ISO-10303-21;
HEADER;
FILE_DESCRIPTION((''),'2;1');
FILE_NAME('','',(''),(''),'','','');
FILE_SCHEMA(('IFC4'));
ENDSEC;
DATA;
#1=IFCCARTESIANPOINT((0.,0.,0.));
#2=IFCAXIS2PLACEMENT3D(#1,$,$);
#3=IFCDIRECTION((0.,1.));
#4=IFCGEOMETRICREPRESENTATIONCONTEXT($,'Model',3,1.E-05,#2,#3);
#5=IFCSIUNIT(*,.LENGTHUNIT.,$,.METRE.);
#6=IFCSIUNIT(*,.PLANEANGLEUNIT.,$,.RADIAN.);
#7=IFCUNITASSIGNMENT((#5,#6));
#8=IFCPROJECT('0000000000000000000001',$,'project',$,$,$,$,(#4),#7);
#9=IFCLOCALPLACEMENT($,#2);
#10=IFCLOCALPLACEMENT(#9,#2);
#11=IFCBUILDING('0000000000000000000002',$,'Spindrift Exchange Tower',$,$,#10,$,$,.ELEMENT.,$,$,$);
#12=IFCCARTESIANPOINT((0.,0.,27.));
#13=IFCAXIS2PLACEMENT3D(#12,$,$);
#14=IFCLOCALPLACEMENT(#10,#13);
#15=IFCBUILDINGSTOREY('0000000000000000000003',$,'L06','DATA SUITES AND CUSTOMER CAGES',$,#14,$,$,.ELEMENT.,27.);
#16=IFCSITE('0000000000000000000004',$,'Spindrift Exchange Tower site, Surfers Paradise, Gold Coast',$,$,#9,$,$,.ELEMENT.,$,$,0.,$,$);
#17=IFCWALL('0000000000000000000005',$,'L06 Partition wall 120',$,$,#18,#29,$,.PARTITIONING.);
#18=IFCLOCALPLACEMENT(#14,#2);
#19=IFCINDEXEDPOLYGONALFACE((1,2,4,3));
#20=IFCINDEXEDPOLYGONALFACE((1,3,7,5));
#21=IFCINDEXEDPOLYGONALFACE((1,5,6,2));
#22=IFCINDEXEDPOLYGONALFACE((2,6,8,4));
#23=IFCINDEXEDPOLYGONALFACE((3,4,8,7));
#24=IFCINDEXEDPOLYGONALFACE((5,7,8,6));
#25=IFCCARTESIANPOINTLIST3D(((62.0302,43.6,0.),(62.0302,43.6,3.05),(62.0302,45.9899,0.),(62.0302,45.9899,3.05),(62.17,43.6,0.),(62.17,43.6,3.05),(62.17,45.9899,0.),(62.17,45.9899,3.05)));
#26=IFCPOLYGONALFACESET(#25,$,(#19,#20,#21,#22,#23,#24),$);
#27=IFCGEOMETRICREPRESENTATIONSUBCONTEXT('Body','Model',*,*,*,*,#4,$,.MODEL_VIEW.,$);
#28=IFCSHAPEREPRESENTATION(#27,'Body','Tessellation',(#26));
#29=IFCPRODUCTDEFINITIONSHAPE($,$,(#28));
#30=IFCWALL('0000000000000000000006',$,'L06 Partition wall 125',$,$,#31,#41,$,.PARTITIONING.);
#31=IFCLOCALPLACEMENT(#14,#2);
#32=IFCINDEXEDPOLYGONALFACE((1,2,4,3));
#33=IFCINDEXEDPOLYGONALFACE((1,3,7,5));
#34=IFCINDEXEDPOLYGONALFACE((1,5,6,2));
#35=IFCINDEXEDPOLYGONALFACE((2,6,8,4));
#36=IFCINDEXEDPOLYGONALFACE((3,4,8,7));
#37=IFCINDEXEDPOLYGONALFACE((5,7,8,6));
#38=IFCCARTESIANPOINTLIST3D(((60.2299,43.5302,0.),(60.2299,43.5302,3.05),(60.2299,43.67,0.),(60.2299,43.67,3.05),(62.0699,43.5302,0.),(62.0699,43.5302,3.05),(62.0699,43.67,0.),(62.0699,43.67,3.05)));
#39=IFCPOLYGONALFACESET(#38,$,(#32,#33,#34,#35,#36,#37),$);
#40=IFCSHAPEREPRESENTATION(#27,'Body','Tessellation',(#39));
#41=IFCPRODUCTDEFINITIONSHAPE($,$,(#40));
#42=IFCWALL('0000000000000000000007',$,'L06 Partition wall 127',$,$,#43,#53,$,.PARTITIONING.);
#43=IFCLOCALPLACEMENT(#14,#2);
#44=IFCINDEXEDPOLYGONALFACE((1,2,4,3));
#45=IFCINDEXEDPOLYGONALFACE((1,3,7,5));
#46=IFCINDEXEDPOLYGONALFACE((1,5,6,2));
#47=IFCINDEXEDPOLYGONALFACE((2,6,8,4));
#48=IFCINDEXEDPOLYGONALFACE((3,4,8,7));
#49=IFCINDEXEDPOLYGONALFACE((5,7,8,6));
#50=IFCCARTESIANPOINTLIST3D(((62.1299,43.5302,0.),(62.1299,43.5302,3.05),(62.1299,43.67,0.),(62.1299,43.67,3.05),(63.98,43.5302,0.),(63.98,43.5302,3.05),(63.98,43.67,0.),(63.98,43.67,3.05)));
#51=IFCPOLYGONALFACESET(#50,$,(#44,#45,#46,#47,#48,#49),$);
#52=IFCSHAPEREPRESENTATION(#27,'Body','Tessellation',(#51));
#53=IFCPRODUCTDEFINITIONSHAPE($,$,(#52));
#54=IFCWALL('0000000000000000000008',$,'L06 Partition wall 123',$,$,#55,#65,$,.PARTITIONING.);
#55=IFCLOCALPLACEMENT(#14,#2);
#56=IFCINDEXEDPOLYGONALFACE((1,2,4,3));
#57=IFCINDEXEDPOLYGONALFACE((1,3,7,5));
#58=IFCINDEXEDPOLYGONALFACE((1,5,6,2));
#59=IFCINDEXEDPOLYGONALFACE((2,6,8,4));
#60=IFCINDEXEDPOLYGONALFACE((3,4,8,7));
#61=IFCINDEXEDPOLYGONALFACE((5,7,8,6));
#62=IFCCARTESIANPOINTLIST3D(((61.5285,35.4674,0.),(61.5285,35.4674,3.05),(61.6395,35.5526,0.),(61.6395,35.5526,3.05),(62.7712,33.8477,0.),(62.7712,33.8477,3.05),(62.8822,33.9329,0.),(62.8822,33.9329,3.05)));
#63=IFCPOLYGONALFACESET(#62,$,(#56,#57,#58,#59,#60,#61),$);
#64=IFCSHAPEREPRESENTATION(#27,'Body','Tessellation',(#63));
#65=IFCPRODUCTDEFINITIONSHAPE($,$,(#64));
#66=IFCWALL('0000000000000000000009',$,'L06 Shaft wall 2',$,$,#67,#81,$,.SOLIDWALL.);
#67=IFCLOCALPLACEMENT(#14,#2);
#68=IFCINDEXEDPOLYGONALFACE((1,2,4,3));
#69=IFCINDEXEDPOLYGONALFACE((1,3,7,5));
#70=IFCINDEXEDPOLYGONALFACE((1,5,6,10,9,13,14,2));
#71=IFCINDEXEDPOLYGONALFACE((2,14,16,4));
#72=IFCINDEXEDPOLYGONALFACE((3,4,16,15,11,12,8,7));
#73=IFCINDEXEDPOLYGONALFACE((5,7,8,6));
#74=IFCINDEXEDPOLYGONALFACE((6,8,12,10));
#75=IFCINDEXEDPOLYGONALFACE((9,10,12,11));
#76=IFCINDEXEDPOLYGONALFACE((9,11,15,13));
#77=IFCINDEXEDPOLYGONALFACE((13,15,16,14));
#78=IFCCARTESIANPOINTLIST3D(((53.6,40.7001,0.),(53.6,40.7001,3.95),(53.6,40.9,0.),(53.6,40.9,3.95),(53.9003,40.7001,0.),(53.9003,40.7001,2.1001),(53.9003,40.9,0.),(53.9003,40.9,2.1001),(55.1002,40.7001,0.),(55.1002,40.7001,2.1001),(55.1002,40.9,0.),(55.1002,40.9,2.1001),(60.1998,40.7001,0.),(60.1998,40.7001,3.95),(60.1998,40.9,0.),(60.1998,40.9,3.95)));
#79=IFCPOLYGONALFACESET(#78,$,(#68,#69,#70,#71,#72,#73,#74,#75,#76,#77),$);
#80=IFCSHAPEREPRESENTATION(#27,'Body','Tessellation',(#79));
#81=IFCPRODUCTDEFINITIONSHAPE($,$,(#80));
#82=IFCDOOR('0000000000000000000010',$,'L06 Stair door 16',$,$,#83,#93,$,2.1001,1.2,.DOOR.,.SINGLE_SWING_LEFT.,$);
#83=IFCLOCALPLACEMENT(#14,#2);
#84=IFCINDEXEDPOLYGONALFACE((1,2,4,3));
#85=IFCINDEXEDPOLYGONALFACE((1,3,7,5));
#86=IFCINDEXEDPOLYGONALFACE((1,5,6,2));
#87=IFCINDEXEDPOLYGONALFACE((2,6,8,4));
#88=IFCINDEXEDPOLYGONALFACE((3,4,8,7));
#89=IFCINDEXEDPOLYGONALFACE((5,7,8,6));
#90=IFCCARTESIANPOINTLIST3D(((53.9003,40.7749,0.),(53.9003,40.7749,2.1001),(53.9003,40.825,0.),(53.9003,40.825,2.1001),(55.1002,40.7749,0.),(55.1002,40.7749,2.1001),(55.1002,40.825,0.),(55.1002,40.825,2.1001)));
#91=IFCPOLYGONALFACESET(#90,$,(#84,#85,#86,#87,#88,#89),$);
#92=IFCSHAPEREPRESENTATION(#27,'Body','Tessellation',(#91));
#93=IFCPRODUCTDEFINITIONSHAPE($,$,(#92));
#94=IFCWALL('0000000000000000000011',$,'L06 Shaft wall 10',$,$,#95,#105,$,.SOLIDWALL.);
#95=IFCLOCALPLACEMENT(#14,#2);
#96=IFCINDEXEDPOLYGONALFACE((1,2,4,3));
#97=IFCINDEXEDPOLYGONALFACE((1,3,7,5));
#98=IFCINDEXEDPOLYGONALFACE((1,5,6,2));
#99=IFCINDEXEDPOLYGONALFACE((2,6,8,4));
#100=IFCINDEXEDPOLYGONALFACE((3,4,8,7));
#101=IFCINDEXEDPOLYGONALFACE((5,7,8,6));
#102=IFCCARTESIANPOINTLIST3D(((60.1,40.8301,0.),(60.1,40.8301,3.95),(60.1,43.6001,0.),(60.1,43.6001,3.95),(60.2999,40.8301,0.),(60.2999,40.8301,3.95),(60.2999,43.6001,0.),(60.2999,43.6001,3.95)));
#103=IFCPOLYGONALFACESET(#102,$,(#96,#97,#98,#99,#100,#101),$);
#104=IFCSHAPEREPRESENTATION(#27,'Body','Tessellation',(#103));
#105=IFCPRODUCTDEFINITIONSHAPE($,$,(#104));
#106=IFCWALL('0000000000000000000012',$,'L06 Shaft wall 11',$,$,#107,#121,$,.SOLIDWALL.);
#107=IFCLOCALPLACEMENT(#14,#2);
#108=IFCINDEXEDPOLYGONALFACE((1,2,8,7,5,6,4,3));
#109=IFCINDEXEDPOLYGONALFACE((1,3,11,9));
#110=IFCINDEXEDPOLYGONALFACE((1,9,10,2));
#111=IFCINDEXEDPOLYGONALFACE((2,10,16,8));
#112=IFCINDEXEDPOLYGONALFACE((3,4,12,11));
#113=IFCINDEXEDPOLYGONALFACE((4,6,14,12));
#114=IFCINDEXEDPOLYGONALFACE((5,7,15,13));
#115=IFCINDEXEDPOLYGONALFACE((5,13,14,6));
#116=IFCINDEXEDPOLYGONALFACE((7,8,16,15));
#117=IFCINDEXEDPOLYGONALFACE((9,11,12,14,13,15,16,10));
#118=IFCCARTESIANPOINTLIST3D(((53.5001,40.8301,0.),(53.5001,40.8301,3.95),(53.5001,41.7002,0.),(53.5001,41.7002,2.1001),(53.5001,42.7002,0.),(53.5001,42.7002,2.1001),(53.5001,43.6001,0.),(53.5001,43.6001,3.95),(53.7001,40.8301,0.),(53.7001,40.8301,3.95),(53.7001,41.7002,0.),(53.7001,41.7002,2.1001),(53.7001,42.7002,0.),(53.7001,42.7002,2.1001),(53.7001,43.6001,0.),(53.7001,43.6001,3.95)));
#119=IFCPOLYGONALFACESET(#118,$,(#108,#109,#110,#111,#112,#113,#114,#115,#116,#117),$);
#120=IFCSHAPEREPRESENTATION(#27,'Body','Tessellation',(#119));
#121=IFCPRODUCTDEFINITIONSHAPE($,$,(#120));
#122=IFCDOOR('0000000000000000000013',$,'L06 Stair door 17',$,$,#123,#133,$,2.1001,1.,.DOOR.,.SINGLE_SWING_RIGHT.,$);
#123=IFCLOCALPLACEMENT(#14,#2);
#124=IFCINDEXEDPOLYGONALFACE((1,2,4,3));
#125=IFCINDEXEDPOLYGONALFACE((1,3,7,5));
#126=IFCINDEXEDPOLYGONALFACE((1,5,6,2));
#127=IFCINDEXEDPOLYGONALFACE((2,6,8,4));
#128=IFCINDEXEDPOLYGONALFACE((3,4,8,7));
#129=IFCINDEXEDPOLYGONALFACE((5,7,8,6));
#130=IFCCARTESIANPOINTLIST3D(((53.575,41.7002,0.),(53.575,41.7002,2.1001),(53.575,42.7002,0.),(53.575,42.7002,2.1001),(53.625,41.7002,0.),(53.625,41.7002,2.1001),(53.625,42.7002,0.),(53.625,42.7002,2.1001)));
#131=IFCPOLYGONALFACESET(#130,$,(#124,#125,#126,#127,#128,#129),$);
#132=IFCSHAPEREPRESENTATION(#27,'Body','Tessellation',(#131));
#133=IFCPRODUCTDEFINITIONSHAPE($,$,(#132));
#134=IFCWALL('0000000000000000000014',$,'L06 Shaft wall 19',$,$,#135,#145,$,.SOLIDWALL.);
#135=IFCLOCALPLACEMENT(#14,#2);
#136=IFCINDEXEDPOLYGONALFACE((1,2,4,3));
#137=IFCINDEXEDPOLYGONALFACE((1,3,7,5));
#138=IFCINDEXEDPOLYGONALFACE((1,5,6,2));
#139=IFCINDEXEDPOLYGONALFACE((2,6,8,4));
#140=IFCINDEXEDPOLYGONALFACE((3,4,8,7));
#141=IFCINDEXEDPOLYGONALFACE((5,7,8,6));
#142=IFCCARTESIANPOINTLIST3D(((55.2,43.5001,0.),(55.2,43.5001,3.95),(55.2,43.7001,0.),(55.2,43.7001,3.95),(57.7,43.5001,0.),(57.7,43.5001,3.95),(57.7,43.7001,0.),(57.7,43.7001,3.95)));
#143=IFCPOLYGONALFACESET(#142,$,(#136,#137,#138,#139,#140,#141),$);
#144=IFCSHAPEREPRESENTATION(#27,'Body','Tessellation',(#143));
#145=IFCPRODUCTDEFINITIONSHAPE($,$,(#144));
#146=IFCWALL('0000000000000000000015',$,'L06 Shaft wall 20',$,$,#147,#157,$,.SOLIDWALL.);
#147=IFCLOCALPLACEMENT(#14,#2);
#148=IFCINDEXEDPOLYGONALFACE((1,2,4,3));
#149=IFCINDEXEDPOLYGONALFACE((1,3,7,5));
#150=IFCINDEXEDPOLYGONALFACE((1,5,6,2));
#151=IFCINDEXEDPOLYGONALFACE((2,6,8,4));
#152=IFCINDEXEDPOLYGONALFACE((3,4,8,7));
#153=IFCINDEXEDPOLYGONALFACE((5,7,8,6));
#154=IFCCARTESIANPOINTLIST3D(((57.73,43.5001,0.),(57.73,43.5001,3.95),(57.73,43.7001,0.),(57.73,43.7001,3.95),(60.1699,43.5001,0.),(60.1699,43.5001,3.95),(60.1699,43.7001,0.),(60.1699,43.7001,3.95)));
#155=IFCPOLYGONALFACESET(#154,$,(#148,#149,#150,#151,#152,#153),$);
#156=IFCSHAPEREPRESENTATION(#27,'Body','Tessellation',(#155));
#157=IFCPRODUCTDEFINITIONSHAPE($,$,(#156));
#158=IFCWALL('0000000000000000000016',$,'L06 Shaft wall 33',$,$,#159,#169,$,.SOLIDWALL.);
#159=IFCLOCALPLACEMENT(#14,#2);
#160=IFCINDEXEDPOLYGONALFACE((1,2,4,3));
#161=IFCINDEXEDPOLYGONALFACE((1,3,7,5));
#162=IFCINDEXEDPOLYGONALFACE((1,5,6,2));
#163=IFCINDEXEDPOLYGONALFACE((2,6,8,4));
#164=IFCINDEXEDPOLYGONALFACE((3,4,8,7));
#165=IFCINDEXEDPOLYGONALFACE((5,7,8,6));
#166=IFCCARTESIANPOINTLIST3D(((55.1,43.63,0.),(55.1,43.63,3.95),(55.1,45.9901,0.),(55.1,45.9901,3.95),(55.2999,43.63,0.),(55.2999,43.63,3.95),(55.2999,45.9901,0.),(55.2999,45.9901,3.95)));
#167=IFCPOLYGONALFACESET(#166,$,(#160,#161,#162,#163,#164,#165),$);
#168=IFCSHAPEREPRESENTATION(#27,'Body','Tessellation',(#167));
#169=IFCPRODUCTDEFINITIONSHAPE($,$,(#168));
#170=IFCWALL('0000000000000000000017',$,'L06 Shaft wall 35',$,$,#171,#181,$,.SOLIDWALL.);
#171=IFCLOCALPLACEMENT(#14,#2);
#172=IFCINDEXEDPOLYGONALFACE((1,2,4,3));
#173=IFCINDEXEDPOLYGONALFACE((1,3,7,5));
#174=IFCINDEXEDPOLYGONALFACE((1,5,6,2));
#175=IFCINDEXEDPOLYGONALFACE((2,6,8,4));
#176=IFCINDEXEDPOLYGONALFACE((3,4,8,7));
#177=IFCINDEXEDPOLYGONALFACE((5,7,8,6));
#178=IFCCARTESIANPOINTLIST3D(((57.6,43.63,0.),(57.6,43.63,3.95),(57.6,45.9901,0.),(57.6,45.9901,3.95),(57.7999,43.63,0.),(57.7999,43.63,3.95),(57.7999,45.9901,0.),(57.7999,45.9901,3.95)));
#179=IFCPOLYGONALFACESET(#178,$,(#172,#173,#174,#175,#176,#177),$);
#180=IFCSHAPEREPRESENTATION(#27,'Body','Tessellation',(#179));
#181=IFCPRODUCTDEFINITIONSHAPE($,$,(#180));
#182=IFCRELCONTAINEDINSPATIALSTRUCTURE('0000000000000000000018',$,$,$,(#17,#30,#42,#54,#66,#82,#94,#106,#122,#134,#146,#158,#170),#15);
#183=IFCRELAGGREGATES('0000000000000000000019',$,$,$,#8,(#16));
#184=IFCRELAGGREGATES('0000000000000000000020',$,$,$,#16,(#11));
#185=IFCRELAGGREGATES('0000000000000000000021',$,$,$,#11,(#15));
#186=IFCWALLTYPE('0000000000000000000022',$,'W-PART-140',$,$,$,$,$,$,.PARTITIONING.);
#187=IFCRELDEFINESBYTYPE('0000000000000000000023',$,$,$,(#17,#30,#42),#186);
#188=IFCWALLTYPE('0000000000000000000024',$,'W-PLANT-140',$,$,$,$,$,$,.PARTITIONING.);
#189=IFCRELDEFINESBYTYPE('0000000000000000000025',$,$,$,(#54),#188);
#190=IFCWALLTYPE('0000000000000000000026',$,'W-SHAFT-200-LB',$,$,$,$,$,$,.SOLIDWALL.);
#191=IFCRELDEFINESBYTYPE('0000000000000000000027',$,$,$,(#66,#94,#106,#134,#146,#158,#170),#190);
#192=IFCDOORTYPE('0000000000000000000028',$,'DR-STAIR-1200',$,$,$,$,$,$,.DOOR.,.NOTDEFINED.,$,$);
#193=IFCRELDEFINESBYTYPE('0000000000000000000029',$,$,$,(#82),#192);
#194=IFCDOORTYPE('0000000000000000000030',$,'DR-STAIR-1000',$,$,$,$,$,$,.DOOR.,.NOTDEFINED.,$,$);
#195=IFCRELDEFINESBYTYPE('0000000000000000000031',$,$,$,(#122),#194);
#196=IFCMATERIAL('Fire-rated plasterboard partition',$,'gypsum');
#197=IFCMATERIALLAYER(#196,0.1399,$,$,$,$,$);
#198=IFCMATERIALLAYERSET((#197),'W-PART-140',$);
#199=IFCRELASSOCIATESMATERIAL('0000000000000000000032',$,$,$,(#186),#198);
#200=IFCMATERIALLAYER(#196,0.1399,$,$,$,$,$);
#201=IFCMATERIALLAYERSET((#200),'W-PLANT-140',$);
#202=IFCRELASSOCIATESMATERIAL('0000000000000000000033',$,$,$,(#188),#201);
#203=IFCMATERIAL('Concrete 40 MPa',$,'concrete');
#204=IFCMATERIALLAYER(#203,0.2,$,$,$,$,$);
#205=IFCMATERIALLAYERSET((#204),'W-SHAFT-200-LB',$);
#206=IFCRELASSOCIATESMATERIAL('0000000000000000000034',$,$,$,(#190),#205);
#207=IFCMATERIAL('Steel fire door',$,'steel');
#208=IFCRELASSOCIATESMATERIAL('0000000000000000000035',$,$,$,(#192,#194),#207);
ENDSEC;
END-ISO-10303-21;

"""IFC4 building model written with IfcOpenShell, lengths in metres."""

from ifc_helpers import new_model, si_unit, direction, frame, frame_2d, origin, place, context, subcontext, project, spatial, rectangle, extrude, source, transform, mapped, material, layer, layer_set, type_object, element, fill, save


model = new_model("IFC4")

# Units and contexts
model_context = context("Model", 3, precision=1e-05, world=origin(), true_north=direction((0.0, 1.0)))
body_context = subcontext(model_context, "Body", "Model", "MODEL_VIEW")
ifc_project = project(units=[si_unit("LENGTHUNIT", "METRE"), si_unit("PLANEANGLEUNIT", "RADIAN")], contexts=[model_context])

# Site, building, storey
site_placement = place(None, origin())
site = spatial("IfcSite", under=ifc_project, at=site_placement, Name="Spindrift Exchange Tower site, Surfers Paradise, Gold Coast", CompositionType="ELEMENT", RefElevation=0.0)
building_placement = place(site_placement, origin())
building = spatial("IfcBuilding", under=site, at=building_placement, Name="Spindrift Exchange Tower", CompositionType="ELEMENT")
storey_placement = place(building_placement, frame((0.0, 0.0, 27.0)))
storey = spatial("IfcBuildingStorey", under=building, at=storey_placement, Name="L06", Description="DATA SUITES AND CUSTOMER CAGES", CompositionType="ELEMENT", Elevation=27.0)

# Shared definitions
ifc_material_1 = material(Name="Fire-rated plasterboard partition", Category="gypsum")

# Walls
ifc_layer_1 = layer(ifc_material_1, 0.1399)
ifc_layer_set_1 = layer_set([ifc_layer_1], Name="W-PART-140")
wall_type_1 = type_object("IfcWallType", Name="W-PART-140", PredefinedType="PARTITIONING", material=ifc_layer_set_1)
wall_1_placement = place(storey_placement, frame((62.1001, 43.6001, 0.0), z_axis=(0.0, 0.0, 1.0), x_axis=(0.0, 1.0, 0.0)))
element("IfcWall", 1, at=wall_1_placement, inside=storey, type_object=wall_type_1, Name="L06 Partition wall 120", PredefinedType="PARTITIONING", context=body_context, shape_type="SweptSolid", body=[
    extrude(rectangle(XDim=2.3899, YDim=0.1399, at=frame_2d((1.1948, 0.0))), origin(), (0.0, 0.0, 1.0), 3.05),
])
wall_2_placement = place(storey_placement, frame((60.23, 43.6001, 0.0), z_axis=(0.0, 0.0, 1.0), x_axis=(1.0, 0.0, 0.0)))
element("IfcWall", 2, at=wall_2_placement, inside=storey, type_object=wall_type_1, Name="L06 Partition wall 125", PredefinedType="PARTITIONING", context=body_context, shape_type="SweptSolid", body=[
    extrude(rectangle(XDim=1.8401, YDim=0.1399, at=frame_2d((0.9199, 0.0))), origin(), (0.0, 0.0, 1.0), 3.05),
])
wall_3_placement = place(storey_placement, frame((62.1299, 43.6001, 0.0), z_axis=(0.0, 0.0, 1.0), x_axis=(1.0, 0.0, 0.0)))
element("IfcWall", 3, at=wall_3_placement, inside=storey, type_object=wall_type_1, Name="L06 Partition wall 127", PredefinedType="PARTITIONING", context=body_context, shape_type="SweptSolid", body=[
    extrude(rectangle(XDim=1.8501, YDim=0.1399, at=frame_2d((0.925, 0.0))), origin(), (0.0, 0.0, 1.0), 3.05),
])
ifc_layer_2 = layer(ifc_material_1, 0.1399)
ifc_layer_set_2 = layer_set([ifc_layer_2], Name="W-PLANT-140")
wall_type_2 = type_object("IfcWallType", Name="W-PLANT-140", PredefinedType="PARTITIONING", material=ifc_layer_set_2)
wall_4_placement = place(storey_placement, frame((61.584, 35.51, 0.0), z_axis=(0.0, 0.0, 1.0), x_axis=(0.608728, -0.793379, 0.0)))
element("IfcWall", 4, at=wall_4_placement, inside=storey, type_object=wall_type_2, Name="L06 Partition wall 123", PredefinedType="PARTITIONING", context=body_context, shape_type="SweptSolid", body=[
    extrude(rectangle(XDim=2.0415, YDim=0.1399, at=frame_2d((1.0208, 0.0))), origin(), (0.0, 0.0, 1.0), 3.05),
])

# Wall, opening, door
ifc_material_2 = material(Name="Concrete 40 MPa", Category="concrete")
ifc_layer_3 = layer(ifc_material_2, 0.2)
ifc_layer_set_3 = layer_set([ifc_layer_3], Name="W-SHAFT-200-LB")
wall_type_3 = type_object("IfcWallType", Name="W-SHAFT-200-LB", PredefinedType="SOLIDWALL", material=ifc_layer_set_3)
wall_5_placement = place(storey_placement, frame((53.6001, 40.8, 0.0), z_axis=(0.0, 0.0, 1.0), x_axis=(1.0, 0.0, 0.0)))
wall_5 = element("IfcWall", 5, at=wall_5_placement, inside=storey, type_object=wall_type_3, Name="L06 Shaft wall 2", PredefinedType="SOLIDWALL", context=body_context, shape_type="SweptSolid", body=[
    extrude(rectangle(XDim=6.5999, YDim=0.2, at=frame_2d((3.2998, 0.0))), origin(), (0.0, 0.0, 1.0), 3.95),
])
opening_1_placement = place(wall_5_placement, frame((0.3, 0.0, 0.0)))
opening_1 = element("IfcOpeningElement", 6, at=opening_1_placement, cuts=wall_5, PredefinedType="OPENING", context=body_context, shape_type="SweptSolid", body=[
    extrude(rectangle(XDim=1.2, YDim=2.1001, at=frame_2d((0.6001, 1.05))), frame((0.0, 0.1099, 0.0), z_axis=(0.0, -1.0, 0.0), x_axis=(1.0, 0.0, 0.0)), (0.0, 0.0, 1.0), 0.22),
])
ifc_material_3 = material(Name="Steel fire door", Category="steel")
door_type_1 = type_object("IfcDoorType", Name="DR-STAIR-1200", OperationType="NOTDEFINED", PredefinedType="DOOR", material=ifc_material_3)
shared_shape_1 = source(origin(), body_context, "Body", "SweptSolid", [
    extrude(rectangle(XDim=1.2, YDim=2.1001, at=frame_2d((0.6001, 1.05))), frame((0.0, 0.0249, 0.0), z_axis=(0.0, -1.0, 0.0), x_axis=(1.0, 0.0, 0.0)), (0.0, 0.0, 1.0), 0.05),
])
door_1_placement = place(opening_1_placement, origin())
door_1 = element("IfcDoor", 7, at=door_1_placement, inside=storey, type_object=door_type_1, Name="L06 Stair door 16", OperationType="SINGLE_SWING_LEFT", OverallHeight=2.1001, OverallWidth=1.2, PredefinedType="DOOR", context=body_context, shape_type="MappedRepresentation", body=[
    mapped(shared_shape_1, transform((0.0, 0.0, 0.0), scale=1.0)),
])
fill(opening_1, door_1)

# Wall
wall_6_placement = place(storey_placement, frame((60.2, 40.8301, 0.0), z_axis=(0.0, 0.0, 1.0), x_axis=(0.0, 1.0, 0.0)))
element("IfcWall", 8, at=wall_6_placement, inside=storey, type_object=wall_type_3, Name="L06 Shaft wall 10", PredefinedType="SOLIDWALL", context=body_context, shape_type="SweptSolid", body=[
    extrude(rectangle(XDim=2.77, YDim=0.2, at=frame_2d((1.385, 0.0))), origin(), (0.0, 0.0, 1.0), 3.95),
])

# Wall, opening, door
wall_7_placement = place(storey_placement, frame((53.6001, 43.6001, 0.0), z_axis=(0.0, 0.0, 1.0), x_axis=(0.0, -1.0, 0.0)))
wall_7 = element("IfcWall", 9, at=wall_7_placement, inside=storey, type_object=wall_type_3, Name="L06 Shaft wall 11", PredefinedType="SOLIDWALL", context=body_context, shape_type="SweptSolid", body=[
    extrude(rectangle(XDim=2.77, YDim=0.2, at=frame_2d((1.385, 0.0))), origin(), (0.0, 0.0, 1.0), 3.95),
])
opening_2_placement = place(wall_7_placement, frame((0.8999, 0.0, 0.0)))
opening_2 = element("IfcOpeningElement", 10, at=opening_2_placement, cuts=wall_7, PredefinedType="OPENING", context=body_context, shape_type="SweptSolid", body=[
    extrude(rectangle(XDim=1.0, YDim=2.1001, at=frame_2d((0.5, 1.05))), frame((0.0, 0.1099, 0.0), z_axis=(0.0, -1.0, 0.0), x_axis=(1.0, 0.0, 0.0)), (0.0, 0.0, 1.0), 0.22),
])
door_type_2 = type_object("IfcDoorType", Name="DR-STAIR-1000", OperationType="NOTDEFINED", PredefinedType="DOOR", material=ifc_material_3)
shared_shape_2 = source(origin(), body_context, "Body", "SweptSolid", [
    extrude(rectangle(XDim=1.0, YDim=2.1001, at=frame_2d((0.5, 1.05))), frame((0.0, 0.0249, 0.0), z_axis=(0.0, -1.0, 0.0), x_axis=(1.0, 0.0, 0.0)), (0.0, 0.0, 1.0), 0.05),
])
door_2_placement = place(opening_2_placement, origin())
door_2 = element("IfcDoor", 11, at=door_2_placement, inside=storey, type_object=door_type_2, Name="L06 Stair door 17", OperationType="SINGLE_SWING_RIGHT", OverallHeight=2.1001, OverallWidth=1.0, PredefinedType="DOOR", context=body_context, shape_type="MappedRepresentation", body=[
    mapped(shared_shape_2, transform((0.0, 0.0, 0.0), scale=1.0)),
])
fill(opening_2, door_2)

# Walls
wall_8_placement = place(storey_placement, frame((55.2, 43.6001, 0.0), z_axis=(0.0, 0.0, 1.0), x_axis=(1.0, 0.0, 0.0)))
element("IfcWall", 12, at=wall_8_placement, inside=storey, type_object=wall_type_3, Name="L06 Shaft wall 19", PredefinedType="SOLIDWALL", context=body_context, shape_type="SweptSolid", body=[
    extrude(rectangle(XDim=2.5, YDim=0.2, at=frame_2d((1.25, 0.0))), origin(), (0.0, 0.0, 1.0), 3.95),
])
wall_9_placement = place(storey_placement, frame((57.73, 43.6001, 0.0), z_axis=(0.0, 0.0, 1.0), x_axis=(1.0, 0.0, 0.0)))
element("IfcWall", 13, at=wall_9_placement, inside=storey, type_object=wall_type_3, Name="L06 Shaft wall 20", PredefinedType="SOLIDWALL", context=body_context, shape_type="SweptSolid", body=[
    extrude(rectangle(XDim=2.4399, YDim=0.2, at=frame_2d((1.22, 0.0))), origin(), (0.0, 0.0, 1.0), 3.95),
])
for number, where, z_axis, x_axis, name in (
    (14, (55.2, 43.6299, 0.0), (0.0, 0.0, 1.0), (0.0, 1.0, 0.0), "L06 Shaft wall 33"),
    (15, (57.7, 43.6299, 0.0), (0.0, 0.0, 1.0), (0.0, 1.0, 0.0), "L06 Shaft wall 35"),
):
    element("IfcWall", number, at=place(storey_placement, frame(where, z_axis=z_axis, x_axis=x_axis)), inside=storey, type_object=wall_type_3, Name=name, PredefinedType="SOLIDWALL", context=body_context, shape_type="SweptSolid", body=[
        extrude(rectangle(XDim=2.3601, YDim=0.2, at=frame_2d((1.1802, 0.0))), origin(), (0.0, 0.0, 1.0), 3.95),
    ])

save(model, "model.ifc")
